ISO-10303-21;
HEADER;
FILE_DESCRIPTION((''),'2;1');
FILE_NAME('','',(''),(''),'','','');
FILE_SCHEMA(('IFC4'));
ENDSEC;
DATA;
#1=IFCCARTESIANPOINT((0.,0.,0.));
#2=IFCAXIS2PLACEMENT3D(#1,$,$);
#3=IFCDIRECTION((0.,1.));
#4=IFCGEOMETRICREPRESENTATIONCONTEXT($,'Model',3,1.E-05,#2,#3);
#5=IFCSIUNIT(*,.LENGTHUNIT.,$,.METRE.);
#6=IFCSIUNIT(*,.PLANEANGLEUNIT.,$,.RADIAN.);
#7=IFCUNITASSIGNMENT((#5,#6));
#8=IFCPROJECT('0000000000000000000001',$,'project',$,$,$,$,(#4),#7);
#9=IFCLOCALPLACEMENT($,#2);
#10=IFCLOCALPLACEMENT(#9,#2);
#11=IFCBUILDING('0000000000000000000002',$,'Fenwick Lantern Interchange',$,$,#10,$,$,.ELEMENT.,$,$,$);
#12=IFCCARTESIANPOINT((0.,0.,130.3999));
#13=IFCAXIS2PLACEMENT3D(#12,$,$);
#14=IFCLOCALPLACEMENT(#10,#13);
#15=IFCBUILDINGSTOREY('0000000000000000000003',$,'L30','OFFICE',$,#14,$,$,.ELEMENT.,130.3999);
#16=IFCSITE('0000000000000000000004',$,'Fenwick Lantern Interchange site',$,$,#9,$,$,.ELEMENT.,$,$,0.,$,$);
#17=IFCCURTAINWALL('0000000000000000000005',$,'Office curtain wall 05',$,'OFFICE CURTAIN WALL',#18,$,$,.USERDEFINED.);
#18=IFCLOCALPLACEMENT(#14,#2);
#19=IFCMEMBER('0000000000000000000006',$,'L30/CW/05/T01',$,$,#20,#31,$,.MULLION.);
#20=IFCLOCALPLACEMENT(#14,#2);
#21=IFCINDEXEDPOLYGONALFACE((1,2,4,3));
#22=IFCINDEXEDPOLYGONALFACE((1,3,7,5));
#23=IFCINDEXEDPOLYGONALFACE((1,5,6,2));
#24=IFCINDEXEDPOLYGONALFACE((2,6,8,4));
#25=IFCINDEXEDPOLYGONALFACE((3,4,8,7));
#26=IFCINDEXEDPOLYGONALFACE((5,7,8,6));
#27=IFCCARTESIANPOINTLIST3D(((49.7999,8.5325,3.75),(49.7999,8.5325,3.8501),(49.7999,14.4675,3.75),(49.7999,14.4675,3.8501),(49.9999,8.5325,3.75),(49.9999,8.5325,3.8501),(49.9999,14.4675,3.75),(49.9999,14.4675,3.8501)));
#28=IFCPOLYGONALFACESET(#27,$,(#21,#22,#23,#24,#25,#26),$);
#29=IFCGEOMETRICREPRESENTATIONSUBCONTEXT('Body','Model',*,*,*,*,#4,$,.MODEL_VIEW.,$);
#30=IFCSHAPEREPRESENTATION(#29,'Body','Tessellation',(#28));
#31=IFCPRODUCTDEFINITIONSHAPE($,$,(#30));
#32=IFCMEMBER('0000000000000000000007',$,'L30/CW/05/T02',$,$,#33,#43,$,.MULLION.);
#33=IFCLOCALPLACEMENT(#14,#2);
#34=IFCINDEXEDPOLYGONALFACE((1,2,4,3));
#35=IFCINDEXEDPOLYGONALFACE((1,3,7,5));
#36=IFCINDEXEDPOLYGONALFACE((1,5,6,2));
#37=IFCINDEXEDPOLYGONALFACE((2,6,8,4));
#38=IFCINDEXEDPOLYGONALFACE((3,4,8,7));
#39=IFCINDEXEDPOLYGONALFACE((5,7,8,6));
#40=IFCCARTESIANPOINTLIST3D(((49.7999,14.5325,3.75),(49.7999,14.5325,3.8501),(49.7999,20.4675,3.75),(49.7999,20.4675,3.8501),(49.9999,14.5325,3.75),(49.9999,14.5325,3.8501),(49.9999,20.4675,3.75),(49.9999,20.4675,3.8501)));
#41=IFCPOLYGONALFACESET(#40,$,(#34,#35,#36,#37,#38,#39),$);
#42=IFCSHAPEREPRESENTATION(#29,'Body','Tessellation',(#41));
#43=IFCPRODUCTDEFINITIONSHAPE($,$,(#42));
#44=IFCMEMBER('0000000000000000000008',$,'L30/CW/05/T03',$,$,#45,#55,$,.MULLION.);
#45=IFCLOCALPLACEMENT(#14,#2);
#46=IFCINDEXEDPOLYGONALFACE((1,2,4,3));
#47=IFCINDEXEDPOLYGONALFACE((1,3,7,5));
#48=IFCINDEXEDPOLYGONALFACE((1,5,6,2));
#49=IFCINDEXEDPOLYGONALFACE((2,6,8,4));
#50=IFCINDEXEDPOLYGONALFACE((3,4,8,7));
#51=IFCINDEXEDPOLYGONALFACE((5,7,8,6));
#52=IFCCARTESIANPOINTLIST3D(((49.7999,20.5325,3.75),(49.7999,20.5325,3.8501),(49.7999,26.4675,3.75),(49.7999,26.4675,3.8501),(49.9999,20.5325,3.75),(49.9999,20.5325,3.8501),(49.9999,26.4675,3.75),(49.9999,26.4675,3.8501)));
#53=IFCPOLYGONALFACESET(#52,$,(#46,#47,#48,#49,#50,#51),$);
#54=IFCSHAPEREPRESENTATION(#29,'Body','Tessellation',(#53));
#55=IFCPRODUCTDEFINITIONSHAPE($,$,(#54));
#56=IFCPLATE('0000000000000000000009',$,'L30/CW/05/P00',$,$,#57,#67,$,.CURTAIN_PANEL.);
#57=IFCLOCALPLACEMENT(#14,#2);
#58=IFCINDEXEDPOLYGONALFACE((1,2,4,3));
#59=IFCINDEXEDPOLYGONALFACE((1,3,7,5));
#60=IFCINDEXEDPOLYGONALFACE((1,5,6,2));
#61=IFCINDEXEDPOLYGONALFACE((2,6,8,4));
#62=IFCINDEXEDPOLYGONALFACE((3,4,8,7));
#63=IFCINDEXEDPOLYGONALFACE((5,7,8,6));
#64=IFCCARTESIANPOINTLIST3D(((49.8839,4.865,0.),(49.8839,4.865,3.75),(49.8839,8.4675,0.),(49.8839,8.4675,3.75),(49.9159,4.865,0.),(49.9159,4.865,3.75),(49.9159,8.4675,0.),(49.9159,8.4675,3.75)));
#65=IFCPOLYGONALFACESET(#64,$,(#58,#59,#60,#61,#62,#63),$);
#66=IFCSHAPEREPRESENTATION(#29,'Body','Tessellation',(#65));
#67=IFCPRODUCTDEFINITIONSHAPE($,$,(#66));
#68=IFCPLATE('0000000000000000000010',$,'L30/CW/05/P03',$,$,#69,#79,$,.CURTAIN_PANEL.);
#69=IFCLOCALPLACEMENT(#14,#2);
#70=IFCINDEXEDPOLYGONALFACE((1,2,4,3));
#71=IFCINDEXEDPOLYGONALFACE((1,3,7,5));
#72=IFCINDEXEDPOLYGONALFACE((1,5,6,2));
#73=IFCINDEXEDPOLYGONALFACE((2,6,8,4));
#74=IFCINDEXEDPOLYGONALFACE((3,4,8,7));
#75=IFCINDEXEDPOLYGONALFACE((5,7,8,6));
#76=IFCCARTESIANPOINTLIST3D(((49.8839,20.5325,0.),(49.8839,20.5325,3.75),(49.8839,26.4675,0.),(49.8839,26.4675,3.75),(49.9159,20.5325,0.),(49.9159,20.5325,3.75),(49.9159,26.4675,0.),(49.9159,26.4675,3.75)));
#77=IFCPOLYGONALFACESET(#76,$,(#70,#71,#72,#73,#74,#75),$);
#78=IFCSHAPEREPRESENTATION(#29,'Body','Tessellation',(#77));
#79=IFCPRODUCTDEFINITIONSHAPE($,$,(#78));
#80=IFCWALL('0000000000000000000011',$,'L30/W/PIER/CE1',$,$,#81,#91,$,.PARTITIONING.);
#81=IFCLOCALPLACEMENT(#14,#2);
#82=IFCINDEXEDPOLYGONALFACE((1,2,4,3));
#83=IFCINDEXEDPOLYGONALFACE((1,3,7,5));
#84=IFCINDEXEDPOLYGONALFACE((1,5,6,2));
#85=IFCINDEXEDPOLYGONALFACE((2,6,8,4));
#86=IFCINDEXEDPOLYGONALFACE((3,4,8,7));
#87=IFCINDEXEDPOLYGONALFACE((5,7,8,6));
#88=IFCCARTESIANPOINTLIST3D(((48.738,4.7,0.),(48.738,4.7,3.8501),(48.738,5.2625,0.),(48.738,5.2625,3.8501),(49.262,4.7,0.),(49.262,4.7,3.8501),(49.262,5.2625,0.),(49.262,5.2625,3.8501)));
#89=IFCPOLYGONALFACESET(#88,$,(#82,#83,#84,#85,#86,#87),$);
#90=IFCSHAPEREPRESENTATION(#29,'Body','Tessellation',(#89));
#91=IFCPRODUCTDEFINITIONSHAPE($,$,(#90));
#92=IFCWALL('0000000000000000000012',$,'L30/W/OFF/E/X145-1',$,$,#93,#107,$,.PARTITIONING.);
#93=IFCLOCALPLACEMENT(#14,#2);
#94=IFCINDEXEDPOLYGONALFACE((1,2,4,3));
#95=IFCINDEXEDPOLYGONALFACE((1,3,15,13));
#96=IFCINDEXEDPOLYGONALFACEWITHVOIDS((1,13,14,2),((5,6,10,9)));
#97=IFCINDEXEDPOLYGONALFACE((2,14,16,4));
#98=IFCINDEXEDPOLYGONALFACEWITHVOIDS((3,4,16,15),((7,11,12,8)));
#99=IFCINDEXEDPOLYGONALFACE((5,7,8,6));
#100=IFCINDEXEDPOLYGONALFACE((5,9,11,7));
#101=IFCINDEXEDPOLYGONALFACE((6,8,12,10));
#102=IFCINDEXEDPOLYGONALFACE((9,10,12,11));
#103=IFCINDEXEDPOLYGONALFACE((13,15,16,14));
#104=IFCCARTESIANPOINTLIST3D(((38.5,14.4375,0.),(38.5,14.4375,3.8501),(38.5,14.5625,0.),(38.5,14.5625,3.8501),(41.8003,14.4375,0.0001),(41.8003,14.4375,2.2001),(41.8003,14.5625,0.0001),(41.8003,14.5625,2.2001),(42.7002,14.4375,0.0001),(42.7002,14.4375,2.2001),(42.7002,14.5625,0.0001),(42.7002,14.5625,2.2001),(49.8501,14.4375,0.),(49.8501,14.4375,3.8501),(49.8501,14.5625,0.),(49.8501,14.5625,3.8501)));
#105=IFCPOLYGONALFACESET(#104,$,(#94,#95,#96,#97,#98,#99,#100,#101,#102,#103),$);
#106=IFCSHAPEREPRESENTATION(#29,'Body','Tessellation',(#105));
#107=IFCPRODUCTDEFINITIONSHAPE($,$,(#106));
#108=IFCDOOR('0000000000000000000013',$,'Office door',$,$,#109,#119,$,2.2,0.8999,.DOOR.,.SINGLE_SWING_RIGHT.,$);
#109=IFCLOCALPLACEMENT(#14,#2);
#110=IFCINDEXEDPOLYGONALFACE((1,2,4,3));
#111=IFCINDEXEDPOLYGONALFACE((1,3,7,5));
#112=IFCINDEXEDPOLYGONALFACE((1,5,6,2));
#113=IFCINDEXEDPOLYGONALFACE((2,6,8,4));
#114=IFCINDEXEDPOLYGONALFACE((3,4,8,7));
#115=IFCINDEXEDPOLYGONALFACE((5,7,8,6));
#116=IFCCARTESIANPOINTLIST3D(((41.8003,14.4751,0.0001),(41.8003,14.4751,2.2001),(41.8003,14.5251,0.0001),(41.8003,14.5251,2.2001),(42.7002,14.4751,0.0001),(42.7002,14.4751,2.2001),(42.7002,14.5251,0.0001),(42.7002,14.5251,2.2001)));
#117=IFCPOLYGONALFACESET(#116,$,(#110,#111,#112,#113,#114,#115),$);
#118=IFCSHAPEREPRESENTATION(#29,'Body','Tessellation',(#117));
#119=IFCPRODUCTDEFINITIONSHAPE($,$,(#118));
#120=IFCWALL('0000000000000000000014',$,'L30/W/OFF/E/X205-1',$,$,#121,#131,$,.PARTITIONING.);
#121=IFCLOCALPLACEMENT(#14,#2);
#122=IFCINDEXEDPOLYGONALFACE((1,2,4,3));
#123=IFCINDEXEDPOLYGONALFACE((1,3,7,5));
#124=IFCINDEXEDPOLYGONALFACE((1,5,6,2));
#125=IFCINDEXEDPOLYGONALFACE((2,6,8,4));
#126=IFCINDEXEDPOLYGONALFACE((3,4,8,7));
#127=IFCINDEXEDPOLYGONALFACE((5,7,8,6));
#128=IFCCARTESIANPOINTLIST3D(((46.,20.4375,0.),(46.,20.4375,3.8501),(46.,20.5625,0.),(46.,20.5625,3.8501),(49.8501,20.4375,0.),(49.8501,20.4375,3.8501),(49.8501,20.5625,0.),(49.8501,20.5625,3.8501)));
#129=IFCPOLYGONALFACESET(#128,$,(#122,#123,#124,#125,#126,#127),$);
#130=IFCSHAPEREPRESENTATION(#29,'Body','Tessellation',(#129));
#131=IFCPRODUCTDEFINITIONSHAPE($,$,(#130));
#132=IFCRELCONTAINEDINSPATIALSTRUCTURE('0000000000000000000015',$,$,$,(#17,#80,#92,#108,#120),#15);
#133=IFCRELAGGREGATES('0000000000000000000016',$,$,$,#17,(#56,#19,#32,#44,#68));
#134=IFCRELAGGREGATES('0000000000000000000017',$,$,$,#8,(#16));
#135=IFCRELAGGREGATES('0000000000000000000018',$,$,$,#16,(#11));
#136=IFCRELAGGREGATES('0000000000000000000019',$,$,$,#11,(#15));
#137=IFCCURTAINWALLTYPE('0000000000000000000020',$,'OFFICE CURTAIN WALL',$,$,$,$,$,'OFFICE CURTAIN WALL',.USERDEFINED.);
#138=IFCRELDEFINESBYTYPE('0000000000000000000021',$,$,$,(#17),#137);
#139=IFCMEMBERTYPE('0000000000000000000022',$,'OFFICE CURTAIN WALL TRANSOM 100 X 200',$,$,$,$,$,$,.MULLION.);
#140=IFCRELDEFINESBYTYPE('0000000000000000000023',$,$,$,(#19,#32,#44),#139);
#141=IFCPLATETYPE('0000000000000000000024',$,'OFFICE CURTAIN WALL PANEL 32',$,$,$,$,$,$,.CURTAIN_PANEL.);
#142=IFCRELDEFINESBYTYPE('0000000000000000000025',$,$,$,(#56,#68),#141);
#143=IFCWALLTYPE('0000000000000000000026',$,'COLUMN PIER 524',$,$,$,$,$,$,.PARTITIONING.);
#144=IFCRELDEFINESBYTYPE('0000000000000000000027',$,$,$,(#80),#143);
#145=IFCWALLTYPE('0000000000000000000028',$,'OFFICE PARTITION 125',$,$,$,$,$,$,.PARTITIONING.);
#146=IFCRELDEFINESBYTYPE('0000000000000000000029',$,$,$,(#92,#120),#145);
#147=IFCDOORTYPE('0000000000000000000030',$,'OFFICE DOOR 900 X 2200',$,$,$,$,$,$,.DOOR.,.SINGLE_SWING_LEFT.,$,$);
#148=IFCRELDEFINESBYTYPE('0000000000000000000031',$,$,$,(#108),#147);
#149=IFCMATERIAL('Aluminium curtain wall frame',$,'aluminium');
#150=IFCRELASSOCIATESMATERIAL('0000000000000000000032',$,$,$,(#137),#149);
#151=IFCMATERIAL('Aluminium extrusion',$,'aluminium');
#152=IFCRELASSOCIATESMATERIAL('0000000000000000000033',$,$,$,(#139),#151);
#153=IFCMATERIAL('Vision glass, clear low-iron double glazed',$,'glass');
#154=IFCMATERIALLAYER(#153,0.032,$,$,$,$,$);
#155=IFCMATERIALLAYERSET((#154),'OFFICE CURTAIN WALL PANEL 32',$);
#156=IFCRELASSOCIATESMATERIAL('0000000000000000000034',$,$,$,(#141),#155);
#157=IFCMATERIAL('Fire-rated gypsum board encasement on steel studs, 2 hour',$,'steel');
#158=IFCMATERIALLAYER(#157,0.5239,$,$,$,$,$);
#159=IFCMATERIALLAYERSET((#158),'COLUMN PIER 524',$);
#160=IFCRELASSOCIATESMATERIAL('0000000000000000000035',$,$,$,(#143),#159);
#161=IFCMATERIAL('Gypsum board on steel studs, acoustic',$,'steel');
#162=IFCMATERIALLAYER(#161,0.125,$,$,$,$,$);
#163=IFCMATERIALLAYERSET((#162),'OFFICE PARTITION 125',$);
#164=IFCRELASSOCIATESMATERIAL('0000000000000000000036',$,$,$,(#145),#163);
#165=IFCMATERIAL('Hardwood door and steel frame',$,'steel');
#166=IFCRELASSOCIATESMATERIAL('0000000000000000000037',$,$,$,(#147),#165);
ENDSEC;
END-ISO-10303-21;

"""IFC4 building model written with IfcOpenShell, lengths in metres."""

from ifc_helpers import new_model, si_unit, direction, frame, frame_2d, origin, origin_2d, place, context, subcontext, project, spatial, rectangle, extrude, material, layer, layer_set, material_profile, profile_set, type_object, element, fill, aggregate, save


model = new_model("IFC4")

# Units and contexts
model_context = context("Model", 3, precision=1e-05, world=origin(), true_north=direction((0.0, 1.0)))
body_context = subcontext(model_context, "Body", "Model", "MODEL_VIEW")
ifc_project = project(units=[si_unit("LENGTHUNIT", "METRE"), si_unit("PLANEANGLEUNIT", "RADIAN")], contexts=[model_context])

# Site, building, storey
site_placement = place(None, origin())
site = spatial("IfcSite", under=ifc_project, at=site_placement, Name="Fenwick Lantern Interchange site", CompositionType="ELEMENT", RefElevation=0.0)
building_placement = place(site_placement, origin())
building = spatial("IfcBuilding", under=site, at=building_placement, Name="Fenwick Lantern Interchange", CompositionType="ELEMENT")
storey_placement = place(building_placement, frame((0.0, 0.0, 130.3999)))
storey = spatial("IfcBuildingStorey", under=building, at=storey_placement, Name="L30", Description="OFFICE", CompositionType="ELEMENT", Elevation=130.3999)

# Curtain wall, members, plates
ifc_material_1 = material(Name="Aluminium curtain wall frame", Category="aluminium")
curtain_wall_type = type_object("IfcCurtainWallType", Name="OFFICE CURTAIN WALL", ElementType="OFFICE CURTAIN WALL", PredefinedType="USERDEFINED", material=ifc_material_1)
curtain_wall_placement = place(storey_placement, origin())
curtain_wall = element("IfcCurtainWall", 1, at=curtain_wall_placement, inside=storey, type_object=curtain_wall_type, Name="Office curtain wall 05", ObjectType="OFFICE CURTAIN WALL", PredefinedType="USERDEFINED")
ifc_material_2 = material(Name="Aluminium extrusion", Category="aluminium")
ifc_material_profile_1 = material_profile(ifc_material_2, rectangle(XDim=0.2, YDim=0.1001, at=origin_2d()), Name="OFFICE CURTAIN WALL TRANSOM 100 X 200")
ifc_profile_set_1 = profile_set([ifc_material_profile_1], Name="Aluminium extrusion")
member_type_1 = type_object("IfcMemberType", Name="OFFICE CURTAIN WALL TRANSOM 100 X 200", PredefinedType="MULLION", material=ifc_profile_set_1)
member_1_placement = place(storey_placement, frame((49.8999, 8.5325, 3.8), z_axis=(0.0, 1.0, 0.0), x_axis=(-1.0, 0.0, 0.0)))
member_1 = element("IfcMember", 2, at=member_1_placement, type_object=member_type_1, Name="L30/CW/05/T01", PredefinedType="MULLION", context=body_context, shape_type="SweptSolid", body=[
    extrude(rectangle(XDim=0.2, YDim=0.1001, at=origin_2d()), origin(), (0.0, 0.0, 1.0), 5.9351),
])
member_2_placement = place(storey_placement, frame((49.8999, 14.5325, 3.8), z_axis=(0.0, 1.0, 0.0), x_axis=(-1.0, 0.0, 0.0)))
member_2 = element("IfcMember", 3, at=member_2_placement, type_object=member_type_1, Name="L30/CW/05/T02", PredefinedType="MULLION", context=body_context, shape_type="SweptSolid", body=[
    extrude(rectangle(XDim=0.2, YDim=0.1001, at=origin_2d()), origin(), (0.0, 0.0, 1.0), 5.9351),
])
member_3_placement = place(storey_placement, frame((49.8999, 20.5325, 3.8), z_axis=(0.0, 1.0, 0.0), x_axis=(-1.0, 0.0, 0.0)))
member_3 = element("IfcMember", 4, at=member_3_placement, type_object=member_type_1, Name="L30/CW/05/T03", PredefinedType="MULLION", context=body_context, shape_type="SweptSolid", body=[
    extrude(rectangle(XDim=0.2, YDim=0.1001, at=origin_2d()), origin(), (0.0, 0.0, 1.0), 5.9351),
])
ifc_material_3 = material(Name="Vision glass, clear low-iron double glazed", Category="glass")
ifc_layer_1 = layer(ifc_material_3, 0.032)
ifc_layer_set_1 = layer_set([ifc_layer_1], Name="OFFICE CURTAIN WALL PANEL 32")
plate_type = type_object("IfcPlateType", Name="OFFICE CURTAIN WALL PANEL 32", PredefinedType="CURTAIN_PANEL", material=ifc_layer_set_1)
plate_1_placement = place(storey_placement, frame((49.8999, 6.6663, 0.0), z_axis=(0.0, 0.0, 1.0), x_axis=(0.0, 1.0, 0.0)))
plate_1 = element("IfcPlate", 5, at=plate_1_placement, type_object=plate_type, Name="L30/CW/05/P00", PredefinedType="CURTAIN_PANEL", context=body_context, shape_type="SweptSolid", body=[
    extrude(rectangle(XDim=3.6025, YDim=0.032, at=origin_2d()), origin(), (0.0, 0.0, 1.0), 3.75),
])
plate_2_placement = place(storey_placement, frame((49.8999, 23.5, 0.0), z_axis=(0.0, 0.0, 1.0), x_axis=(0.0, 1.0, 0.0)))
plate_2 = element("IfcPlate", 6, at=plate_2_placement, type_object=plate_type, Name="L30/CW/05/P03", PredefinedType="CURTAIN_PANEL", context=body_context, shape_type="SweptSolid", body=[
    extrude(rectangle(XDim=5.9351, YDim=0.032, at=origin_2d()), origin(), (0.0, 0.0, 1.0), 3.75),
])
aggregate(curtain_wall, [plate_1, member_1, member_2, member_3, plate_2])

# Wall
ifc_material_4 = material(Name="Fire-rated gypsum board encasement on steel studs, 2 hour", Category="steel")
ifc_layer_2 = layer(ifc_material_4, 0.5239)
ifc_layer_set_2 = layer_set([ifc_layer_2], Name="COLUMN PIER 524")
wall_type_1 = type_object("IfcWallType", Name="COLUMN PIER 524", PredefinedType="PARTITIONING", material=ifc_layer_set_2)
wall_1_placement = place(storey_placement, frame((49.0, 4.7, 0.0), z_axis=(0.0, 0.0, 1.0), x_axis=(0.0, 1.0, 0.0)))
element("IfcWall", 7, at=wall_1_placement, inside=storey, type_object=wall_type_1, Name="L30/W/PIER/CE1", PredefinedType="PARTITIONING", context=body_context, shape_type="SweptSolid", body=[
    extrude(rectangle(XDim=0.5625, YDim=0.5239, at=frame_2d((0.2812, 0.0))), origin(), (0.0, 0.0, 1.0), 3.8501),
])

# Wall, opening, door
ifc_material_5 = material(Name="Gypsum board on steel studs, acoustic", Category="steel")
ifc_layer_3 = layer(ifc_material_5, 0.125)
ifc_layer_set_3 = layer_set([ifc_layer_3], Name="OFFICE PARTITION 125")
wall_type_2 = type_object("IfcWallType", Name="OFFICE PARTITION 125", PredefinedType="PARTITIONING", material=ifc_layer_set_3)
wall_2_placement = place(storey_placement, frame((49.8501, 14.5, 0.0), z_axis=(0.0, 0.0, 1.0), x_axis=(-1.0, 0.0, 0.0)))
wall_2 = element("IfcWall", 8, at=wall_2_placement, inside=storey, type_object=wall_type_2, Name="L30/W/OFF/E/X145-1", PredefinedType="PARTITIONING", context=body_context, shape_type="SweptSolid", body=[
    extrude(rectangle(XDim=11.3501, YDim=0.125, at=frame_2d((5.675, 0.0))), origin(), (0.0, 0.0, 1.0), 3.8501),
])
opening_1_placement = place(wall_2_placement, frame((7.1499, 0.0, 0.0)))
opening_1 = element("IfcOpeningElement", 9, at=opening_1_placement, cuts=wall_2, PredefinedType="OPENING", context=body_context, shape_type="SweptSolid", body=[
    extrude(rectangle(XDim=0.8999, YDim=2.2, at=frame_2d((0.45, 1.1001))), frame((0.0, 0.0725, 0.0), z_axis=(0.0, -1.0, 0.0), x_axis=(1.0, 0.0, 0.0)), (0.0, 0.0, 1.0), 0.145),
])
ifc_material_6 = material(Name="Hardwood door and steel frame", Category="steel")
door_type = type_object("IfcDoorType", Name="OFFICE DOOR 900 X 2200", OperationType="SINGLE_SWING_LEFT", PredefinedType="DOOR", material=ifc_material_6)
door_1_placement = place(opening_1_placement, origin())
door_1 = element("IfcDoor", 10, at=door_1_placement, inside=storey, type_object=door_type, Name="Office door", OperationType="SINGLE_SWING_RIGHT", OverallHeight=2.2, OverallWidth=0.8999, PredefinedType="DOOR", context=body_context, shape_type="SweptSolid", body=[
    extrude(rectangle(XDim=0.8999, YDim=2.2, at=frame_2d((0.45, 1.1001))), frame((0.0, 0.0249, 0.0), z_axis=(0.0, -1.0, 0.0), x_axis=(1.0, 0.0, 0.0)), (0.0, 0.0, 1.0), 0.05),
])
fill(opening_1, door_1)

# Wall
wall_3_placement = place(storey_placement, frame((49.8501, 20.5, 0.0), z_axis=(0.0, 0.0, 1.0), x_axis=(-1.0, 0.0, 0.0)))
element("IfcWall", 11, at=wall_3_placement, inside=storey, type_object=wall_type_2, Name="L30/W/OFF/E/X205-1", PredefinedType="PARTITIONING", context=body_context, shape_type="SweptSolid", body=[
    extrude(rectangle(XDim=3.8501, YDim=0.125, at=frame_2d((1.925, 0.0))), origin(), (0.0, 0.0, 1.0), 3.8501),
])

save(model, "model.ifc")
